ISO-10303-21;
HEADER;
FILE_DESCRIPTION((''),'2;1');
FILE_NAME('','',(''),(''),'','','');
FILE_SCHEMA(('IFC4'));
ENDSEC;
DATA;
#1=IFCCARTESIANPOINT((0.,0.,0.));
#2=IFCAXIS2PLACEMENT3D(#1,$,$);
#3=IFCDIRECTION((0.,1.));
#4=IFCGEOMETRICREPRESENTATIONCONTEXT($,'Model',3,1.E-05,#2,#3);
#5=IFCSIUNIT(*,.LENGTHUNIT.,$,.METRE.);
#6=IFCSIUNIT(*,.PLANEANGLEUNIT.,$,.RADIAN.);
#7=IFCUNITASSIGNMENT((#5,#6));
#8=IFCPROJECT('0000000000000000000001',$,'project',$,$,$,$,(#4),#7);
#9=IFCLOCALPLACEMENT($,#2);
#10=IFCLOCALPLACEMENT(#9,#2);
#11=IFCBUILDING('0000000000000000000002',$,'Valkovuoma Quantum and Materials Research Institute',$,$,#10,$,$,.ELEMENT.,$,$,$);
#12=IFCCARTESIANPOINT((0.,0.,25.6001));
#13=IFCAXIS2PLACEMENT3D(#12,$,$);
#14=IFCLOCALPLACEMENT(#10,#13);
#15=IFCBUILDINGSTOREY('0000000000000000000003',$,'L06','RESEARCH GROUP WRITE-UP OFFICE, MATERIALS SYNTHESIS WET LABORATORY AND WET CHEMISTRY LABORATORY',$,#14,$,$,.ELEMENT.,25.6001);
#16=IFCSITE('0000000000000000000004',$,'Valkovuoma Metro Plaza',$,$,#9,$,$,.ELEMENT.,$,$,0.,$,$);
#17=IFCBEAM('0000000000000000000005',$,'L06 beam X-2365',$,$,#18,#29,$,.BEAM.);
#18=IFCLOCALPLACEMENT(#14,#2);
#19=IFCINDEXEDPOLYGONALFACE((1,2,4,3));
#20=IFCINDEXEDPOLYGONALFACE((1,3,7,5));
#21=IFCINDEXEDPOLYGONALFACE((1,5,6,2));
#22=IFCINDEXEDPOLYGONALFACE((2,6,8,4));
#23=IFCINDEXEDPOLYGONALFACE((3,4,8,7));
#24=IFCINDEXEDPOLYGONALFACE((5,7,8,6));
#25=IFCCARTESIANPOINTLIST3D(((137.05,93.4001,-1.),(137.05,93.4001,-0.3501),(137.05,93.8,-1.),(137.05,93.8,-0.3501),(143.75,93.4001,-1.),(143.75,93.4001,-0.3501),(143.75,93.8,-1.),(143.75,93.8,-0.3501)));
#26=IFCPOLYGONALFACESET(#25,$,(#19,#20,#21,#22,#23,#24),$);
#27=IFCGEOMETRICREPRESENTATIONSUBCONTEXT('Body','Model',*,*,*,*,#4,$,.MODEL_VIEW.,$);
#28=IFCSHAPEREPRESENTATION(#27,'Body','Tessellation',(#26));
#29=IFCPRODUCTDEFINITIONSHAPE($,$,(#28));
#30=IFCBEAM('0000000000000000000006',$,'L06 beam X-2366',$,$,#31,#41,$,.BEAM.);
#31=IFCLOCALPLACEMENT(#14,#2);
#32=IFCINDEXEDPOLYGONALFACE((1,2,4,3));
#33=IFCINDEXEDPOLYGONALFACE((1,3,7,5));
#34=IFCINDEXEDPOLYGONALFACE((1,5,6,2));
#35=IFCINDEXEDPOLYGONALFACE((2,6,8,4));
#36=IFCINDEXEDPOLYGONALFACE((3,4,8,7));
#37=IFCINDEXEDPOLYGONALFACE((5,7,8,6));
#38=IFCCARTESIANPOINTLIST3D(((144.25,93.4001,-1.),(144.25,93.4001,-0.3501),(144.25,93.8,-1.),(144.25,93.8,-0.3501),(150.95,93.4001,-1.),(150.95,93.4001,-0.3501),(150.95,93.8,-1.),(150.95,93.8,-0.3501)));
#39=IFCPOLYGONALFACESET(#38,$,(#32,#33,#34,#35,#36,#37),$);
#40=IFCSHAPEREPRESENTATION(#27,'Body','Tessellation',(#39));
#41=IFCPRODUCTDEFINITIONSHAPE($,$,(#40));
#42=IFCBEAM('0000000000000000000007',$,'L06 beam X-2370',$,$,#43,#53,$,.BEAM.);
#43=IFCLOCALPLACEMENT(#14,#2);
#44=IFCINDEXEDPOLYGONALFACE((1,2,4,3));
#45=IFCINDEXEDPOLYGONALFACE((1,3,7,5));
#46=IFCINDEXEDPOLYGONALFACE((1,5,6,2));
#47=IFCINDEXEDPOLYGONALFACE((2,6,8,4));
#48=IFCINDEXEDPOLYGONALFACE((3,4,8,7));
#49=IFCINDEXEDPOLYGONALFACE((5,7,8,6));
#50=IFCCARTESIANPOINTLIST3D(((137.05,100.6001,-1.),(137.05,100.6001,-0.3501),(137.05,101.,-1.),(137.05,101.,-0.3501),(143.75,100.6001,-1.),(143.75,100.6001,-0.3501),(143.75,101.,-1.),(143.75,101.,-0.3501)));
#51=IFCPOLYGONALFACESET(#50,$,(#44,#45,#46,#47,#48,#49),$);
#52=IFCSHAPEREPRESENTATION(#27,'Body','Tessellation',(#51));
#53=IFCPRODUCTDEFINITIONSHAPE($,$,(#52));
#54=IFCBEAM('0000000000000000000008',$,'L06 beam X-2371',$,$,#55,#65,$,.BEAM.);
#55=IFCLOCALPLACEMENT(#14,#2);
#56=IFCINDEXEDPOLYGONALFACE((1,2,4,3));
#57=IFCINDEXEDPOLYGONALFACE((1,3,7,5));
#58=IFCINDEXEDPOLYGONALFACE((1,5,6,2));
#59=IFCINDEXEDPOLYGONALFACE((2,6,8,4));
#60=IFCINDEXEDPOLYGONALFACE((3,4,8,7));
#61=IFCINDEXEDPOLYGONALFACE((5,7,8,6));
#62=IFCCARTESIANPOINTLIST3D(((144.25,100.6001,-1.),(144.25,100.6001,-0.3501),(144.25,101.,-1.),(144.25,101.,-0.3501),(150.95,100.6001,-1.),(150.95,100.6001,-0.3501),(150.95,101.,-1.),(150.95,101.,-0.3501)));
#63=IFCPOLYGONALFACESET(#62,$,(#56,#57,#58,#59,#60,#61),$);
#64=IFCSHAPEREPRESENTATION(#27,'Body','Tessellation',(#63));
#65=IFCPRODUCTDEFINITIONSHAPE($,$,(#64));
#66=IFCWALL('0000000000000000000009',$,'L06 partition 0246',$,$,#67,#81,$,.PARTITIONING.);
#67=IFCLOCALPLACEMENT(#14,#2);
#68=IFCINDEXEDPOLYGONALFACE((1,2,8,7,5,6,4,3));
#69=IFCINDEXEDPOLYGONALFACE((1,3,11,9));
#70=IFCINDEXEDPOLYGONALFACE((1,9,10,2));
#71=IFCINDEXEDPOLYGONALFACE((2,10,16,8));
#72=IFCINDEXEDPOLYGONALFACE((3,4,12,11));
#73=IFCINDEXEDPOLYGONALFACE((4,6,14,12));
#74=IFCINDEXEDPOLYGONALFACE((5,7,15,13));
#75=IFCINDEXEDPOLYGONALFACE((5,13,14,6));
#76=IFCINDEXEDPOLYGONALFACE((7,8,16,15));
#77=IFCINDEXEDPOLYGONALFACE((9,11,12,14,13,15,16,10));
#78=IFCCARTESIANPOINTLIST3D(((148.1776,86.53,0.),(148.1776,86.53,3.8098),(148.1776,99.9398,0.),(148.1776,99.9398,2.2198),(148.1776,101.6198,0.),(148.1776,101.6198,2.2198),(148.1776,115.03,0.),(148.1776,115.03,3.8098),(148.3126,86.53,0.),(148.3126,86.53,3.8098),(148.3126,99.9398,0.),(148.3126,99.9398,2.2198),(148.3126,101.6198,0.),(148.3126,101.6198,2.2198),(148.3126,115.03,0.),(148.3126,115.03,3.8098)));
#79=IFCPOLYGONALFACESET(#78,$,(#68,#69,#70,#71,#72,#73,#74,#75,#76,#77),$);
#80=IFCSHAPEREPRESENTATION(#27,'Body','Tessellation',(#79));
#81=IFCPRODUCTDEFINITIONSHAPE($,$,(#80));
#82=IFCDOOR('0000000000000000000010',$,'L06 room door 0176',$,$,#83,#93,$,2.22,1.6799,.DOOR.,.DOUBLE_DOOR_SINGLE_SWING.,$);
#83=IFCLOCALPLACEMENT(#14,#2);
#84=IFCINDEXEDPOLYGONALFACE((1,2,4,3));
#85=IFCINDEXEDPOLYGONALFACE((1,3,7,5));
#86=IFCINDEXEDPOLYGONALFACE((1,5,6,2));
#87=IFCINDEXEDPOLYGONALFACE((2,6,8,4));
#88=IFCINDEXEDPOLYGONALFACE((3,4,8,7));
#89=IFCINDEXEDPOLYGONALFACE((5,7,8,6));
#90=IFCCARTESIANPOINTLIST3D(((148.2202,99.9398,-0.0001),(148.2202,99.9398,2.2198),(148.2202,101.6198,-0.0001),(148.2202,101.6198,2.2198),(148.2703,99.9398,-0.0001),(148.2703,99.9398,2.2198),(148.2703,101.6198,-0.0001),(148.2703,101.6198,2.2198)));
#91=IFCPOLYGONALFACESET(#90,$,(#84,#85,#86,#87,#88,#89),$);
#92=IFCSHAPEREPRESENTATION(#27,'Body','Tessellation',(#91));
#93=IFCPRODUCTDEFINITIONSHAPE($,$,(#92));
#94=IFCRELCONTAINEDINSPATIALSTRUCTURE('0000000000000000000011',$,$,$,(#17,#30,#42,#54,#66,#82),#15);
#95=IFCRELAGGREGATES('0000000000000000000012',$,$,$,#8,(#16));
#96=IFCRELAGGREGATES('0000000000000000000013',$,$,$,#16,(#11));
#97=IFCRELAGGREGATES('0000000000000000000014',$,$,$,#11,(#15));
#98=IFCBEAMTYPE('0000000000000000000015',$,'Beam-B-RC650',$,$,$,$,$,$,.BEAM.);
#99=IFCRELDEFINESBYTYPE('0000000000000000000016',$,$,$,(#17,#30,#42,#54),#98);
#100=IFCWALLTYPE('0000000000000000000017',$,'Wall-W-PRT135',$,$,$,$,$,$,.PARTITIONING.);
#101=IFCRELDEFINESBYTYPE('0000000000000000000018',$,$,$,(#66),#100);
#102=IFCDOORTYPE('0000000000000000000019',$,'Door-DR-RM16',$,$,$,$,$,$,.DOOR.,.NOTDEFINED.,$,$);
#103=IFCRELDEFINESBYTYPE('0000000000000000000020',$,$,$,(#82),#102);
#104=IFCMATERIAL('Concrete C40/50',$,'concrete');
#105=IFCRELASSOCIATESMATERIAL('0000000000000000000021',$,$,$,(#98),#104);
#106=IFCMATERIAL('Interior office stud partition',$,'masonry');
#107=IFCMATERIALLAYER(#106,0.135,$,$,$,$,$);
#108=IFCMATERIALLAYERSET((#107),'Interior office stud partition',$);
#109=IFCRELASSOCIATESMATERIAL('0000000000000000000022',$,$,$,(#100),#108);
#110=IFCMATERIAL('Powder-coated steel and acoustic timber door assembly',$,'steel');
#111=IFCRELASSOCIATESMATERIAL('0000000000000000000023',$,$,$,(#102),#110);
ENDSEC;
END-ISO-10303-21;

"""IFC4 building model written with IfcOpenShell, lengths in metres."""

from ifc_helpers import new_model, si_unit, direction, frame, frame_2d, origin, origin_2d, place, context, subcontext, project, spatial, rectangle, extrude, material, layer, layer_set, material_profile, profile_set, type_object, element, fill, save


model = new_model("IFC4")

# Units and contexts
model_context = context("Model", 3, precision=1e-05, world=origin(), true_north=direction((0.0, 1.0)))
body_context = subcontext(model_context, "Body", "Model", "MODEL_VIEW")
ifc_project = project(units=[si_unit("LENGTHUNIT", "METRE"), si_unit("PLANEANGLEUNIT", "RADIAN")], contexts=[model_context])

# Site, building, storey
site_placement = place(None, origin())
site = spatial("IfcSite", under=ifc_project, at=site_placement, Name="Valkovuoma Metro Plaza", CompositionType="ELEMENT", RefElevation=0.0)
building_placement = place(site_placement, origin())
building = spatial("IfcBuilding", under=site, at=building_placement, Name="Valkovuoma Quantum and Materials Research Institute", CompositionType="ELEMENT")
storey_placement = place(building_placement, frame((0.0, 0.0, 25.6001)))
storey = spatial("IfcBuildingStorey", under=building, at=storey_placement, Name="L06", Description="RESEARCH GROUP WRITE-UP OFFICE, MATERIALS SYNTHESIS WET LABORATORY AND WET CHEMISTRY LABORATORY", CompositionType="ELEMENT", Elevation=25.6001)

# Beams
ifc_material_1 = material(Name="Concrete C40/50", Category="concrete")
ifc_material_profile_1 = material_profile(ifc_material_1, rectangle(XDim=0.3999, YDim=0.6499, at=origin_2d()), Name="Concrete C40/50")
ifc_profile_set_1 = profile_set([ifc_material_profile_1], Name="Concrete C40/50")
beam_type_1 = type_object("IfcBeamType", Name="Beam-B-RC650", PredefinedType="BEAM", material=ifc_profile_set_1)
for number, where, z_axis, x_axis, name in (
    (1, (137.05, 93.6001, -0.675), (1.0, 0.0, 0.0), (0.0, 1.0, 0.0), "L06 beam X-2365"),
    (2, (144.25, 93.6001, -0.675), (1.0, 0.0, 0.0), (0.0, 1.0, 0.0), "L06 beam X-2366"),
    (3, (137.05, 100.8, -0.675), (1.0, 0.0, 0.0), (0.0, 1.0, 0.0), "L06 beam X-2370"),
    (4, (144.25, 100.8, -0.675), (1.0, 0.0, 0.0), (0.0, 1.0, 0.0), "L06 beam X-2371"),
):
    element("IfcBeam", number, at=place(storey_placement, frame(where, z_axis=z_axis, x_axis=x_axis)), inside=storey, type_object=beam_type_1, Name=name, PredefinedType="BEAM", context=body_context, shape_type="SweptSolid", body=[
        extrude(rectangle(XDim=0.3999, YDim=0.6499, at=origin_2d()), origin(), (0.0, 0.0, 1.0), 6.7),
    ])

# Wall, opening, door
ifc_material_2 = material(Name="Interior office stud partition", Category="masonry")
ifc_layer = layer(ifc_material_2, 0.135)
ifc_layer_set = layer_set([ifc_layer], Name="Interior office stud partition")
wall_type = type_object("IfcWallType", Name="Wall-W-PRT135", PredefinedType="PARTITIONING", material=ifc_layer_set)
wall_placement = place(storey_placement, frame((148.2451, 86.53, 0.0), z_axis=(0.0, 0.0, 1.0), x_axis=(0.0, 1.0, 0.0)))
wall = element("IfcWall", 5, at=wall_placement, inside=storey, type_object=wall_type, Name="L06 partition 0246", PredefinedType="PARTITIONING", context=body_context, shape_type="SweptSolid", body=[
    extrude(rectangle(XDim=28.5, YDim=0.135, at=frame_2d((14.25, 0.0))), origin(), (0.0, 0.0, 1.0), 3.8098),
])
opening_placement = place(wall_placement, frame((13.4099, 0.0, 0.0)))
opening = element("IfcOpeningElement", 6, at=opening_placement, cuts=wall, PredefinedType="OPENING", context=body_context, shape_type="SweptSolid", body=[
    extrude(rectangle(XDim=1.6799, YDim=2.22, at=frame_2d((0.8398, 1.1099))), frame((0.0, 0.0776, 0.0), z_axis=(0.0, -1.0, 0.0), x_axis=(1.0, 0.0, 0.0)), (0.0, 0.0, 1.0), 0.155),
])
ifc_material_3 = material(Name="Powder-coated steel and acoustic timber door assembly", Category="steel")
door_type = type_object("IfcDoorType", Name="Door-DR-RM16", OperationType="NOTDEFINED", PredefinedType="DOOR", material=ifc_material_3)
door_placement = place(opening_placement, origin())
door = element("IfcDoor", 7, at=door_placement, inside=storey, type_object=door_type, Name="L06 room door 0176", OperationType="DOUBLE_DOOR_SINGLE_SWING", OverallHeight=2.22, OverallWidth=1.6799, PredefinedType="DOOR", context=body_context, shape_type="SweptSolid", body=[
    extrude(rectangle(XDim=1.6799, YDim=2.22, at=frame_2d((0.8398, 1.1099))), frame((0.0, 0.0249, 0.0), z_axis=(0.0, -1.0, 0.0), x_axis=(1.0, 0.0, 0.0)), (0.0, 0.0, 1.0), 0.05),
])
fill(opening, door)

save(model, "model.ifc")
